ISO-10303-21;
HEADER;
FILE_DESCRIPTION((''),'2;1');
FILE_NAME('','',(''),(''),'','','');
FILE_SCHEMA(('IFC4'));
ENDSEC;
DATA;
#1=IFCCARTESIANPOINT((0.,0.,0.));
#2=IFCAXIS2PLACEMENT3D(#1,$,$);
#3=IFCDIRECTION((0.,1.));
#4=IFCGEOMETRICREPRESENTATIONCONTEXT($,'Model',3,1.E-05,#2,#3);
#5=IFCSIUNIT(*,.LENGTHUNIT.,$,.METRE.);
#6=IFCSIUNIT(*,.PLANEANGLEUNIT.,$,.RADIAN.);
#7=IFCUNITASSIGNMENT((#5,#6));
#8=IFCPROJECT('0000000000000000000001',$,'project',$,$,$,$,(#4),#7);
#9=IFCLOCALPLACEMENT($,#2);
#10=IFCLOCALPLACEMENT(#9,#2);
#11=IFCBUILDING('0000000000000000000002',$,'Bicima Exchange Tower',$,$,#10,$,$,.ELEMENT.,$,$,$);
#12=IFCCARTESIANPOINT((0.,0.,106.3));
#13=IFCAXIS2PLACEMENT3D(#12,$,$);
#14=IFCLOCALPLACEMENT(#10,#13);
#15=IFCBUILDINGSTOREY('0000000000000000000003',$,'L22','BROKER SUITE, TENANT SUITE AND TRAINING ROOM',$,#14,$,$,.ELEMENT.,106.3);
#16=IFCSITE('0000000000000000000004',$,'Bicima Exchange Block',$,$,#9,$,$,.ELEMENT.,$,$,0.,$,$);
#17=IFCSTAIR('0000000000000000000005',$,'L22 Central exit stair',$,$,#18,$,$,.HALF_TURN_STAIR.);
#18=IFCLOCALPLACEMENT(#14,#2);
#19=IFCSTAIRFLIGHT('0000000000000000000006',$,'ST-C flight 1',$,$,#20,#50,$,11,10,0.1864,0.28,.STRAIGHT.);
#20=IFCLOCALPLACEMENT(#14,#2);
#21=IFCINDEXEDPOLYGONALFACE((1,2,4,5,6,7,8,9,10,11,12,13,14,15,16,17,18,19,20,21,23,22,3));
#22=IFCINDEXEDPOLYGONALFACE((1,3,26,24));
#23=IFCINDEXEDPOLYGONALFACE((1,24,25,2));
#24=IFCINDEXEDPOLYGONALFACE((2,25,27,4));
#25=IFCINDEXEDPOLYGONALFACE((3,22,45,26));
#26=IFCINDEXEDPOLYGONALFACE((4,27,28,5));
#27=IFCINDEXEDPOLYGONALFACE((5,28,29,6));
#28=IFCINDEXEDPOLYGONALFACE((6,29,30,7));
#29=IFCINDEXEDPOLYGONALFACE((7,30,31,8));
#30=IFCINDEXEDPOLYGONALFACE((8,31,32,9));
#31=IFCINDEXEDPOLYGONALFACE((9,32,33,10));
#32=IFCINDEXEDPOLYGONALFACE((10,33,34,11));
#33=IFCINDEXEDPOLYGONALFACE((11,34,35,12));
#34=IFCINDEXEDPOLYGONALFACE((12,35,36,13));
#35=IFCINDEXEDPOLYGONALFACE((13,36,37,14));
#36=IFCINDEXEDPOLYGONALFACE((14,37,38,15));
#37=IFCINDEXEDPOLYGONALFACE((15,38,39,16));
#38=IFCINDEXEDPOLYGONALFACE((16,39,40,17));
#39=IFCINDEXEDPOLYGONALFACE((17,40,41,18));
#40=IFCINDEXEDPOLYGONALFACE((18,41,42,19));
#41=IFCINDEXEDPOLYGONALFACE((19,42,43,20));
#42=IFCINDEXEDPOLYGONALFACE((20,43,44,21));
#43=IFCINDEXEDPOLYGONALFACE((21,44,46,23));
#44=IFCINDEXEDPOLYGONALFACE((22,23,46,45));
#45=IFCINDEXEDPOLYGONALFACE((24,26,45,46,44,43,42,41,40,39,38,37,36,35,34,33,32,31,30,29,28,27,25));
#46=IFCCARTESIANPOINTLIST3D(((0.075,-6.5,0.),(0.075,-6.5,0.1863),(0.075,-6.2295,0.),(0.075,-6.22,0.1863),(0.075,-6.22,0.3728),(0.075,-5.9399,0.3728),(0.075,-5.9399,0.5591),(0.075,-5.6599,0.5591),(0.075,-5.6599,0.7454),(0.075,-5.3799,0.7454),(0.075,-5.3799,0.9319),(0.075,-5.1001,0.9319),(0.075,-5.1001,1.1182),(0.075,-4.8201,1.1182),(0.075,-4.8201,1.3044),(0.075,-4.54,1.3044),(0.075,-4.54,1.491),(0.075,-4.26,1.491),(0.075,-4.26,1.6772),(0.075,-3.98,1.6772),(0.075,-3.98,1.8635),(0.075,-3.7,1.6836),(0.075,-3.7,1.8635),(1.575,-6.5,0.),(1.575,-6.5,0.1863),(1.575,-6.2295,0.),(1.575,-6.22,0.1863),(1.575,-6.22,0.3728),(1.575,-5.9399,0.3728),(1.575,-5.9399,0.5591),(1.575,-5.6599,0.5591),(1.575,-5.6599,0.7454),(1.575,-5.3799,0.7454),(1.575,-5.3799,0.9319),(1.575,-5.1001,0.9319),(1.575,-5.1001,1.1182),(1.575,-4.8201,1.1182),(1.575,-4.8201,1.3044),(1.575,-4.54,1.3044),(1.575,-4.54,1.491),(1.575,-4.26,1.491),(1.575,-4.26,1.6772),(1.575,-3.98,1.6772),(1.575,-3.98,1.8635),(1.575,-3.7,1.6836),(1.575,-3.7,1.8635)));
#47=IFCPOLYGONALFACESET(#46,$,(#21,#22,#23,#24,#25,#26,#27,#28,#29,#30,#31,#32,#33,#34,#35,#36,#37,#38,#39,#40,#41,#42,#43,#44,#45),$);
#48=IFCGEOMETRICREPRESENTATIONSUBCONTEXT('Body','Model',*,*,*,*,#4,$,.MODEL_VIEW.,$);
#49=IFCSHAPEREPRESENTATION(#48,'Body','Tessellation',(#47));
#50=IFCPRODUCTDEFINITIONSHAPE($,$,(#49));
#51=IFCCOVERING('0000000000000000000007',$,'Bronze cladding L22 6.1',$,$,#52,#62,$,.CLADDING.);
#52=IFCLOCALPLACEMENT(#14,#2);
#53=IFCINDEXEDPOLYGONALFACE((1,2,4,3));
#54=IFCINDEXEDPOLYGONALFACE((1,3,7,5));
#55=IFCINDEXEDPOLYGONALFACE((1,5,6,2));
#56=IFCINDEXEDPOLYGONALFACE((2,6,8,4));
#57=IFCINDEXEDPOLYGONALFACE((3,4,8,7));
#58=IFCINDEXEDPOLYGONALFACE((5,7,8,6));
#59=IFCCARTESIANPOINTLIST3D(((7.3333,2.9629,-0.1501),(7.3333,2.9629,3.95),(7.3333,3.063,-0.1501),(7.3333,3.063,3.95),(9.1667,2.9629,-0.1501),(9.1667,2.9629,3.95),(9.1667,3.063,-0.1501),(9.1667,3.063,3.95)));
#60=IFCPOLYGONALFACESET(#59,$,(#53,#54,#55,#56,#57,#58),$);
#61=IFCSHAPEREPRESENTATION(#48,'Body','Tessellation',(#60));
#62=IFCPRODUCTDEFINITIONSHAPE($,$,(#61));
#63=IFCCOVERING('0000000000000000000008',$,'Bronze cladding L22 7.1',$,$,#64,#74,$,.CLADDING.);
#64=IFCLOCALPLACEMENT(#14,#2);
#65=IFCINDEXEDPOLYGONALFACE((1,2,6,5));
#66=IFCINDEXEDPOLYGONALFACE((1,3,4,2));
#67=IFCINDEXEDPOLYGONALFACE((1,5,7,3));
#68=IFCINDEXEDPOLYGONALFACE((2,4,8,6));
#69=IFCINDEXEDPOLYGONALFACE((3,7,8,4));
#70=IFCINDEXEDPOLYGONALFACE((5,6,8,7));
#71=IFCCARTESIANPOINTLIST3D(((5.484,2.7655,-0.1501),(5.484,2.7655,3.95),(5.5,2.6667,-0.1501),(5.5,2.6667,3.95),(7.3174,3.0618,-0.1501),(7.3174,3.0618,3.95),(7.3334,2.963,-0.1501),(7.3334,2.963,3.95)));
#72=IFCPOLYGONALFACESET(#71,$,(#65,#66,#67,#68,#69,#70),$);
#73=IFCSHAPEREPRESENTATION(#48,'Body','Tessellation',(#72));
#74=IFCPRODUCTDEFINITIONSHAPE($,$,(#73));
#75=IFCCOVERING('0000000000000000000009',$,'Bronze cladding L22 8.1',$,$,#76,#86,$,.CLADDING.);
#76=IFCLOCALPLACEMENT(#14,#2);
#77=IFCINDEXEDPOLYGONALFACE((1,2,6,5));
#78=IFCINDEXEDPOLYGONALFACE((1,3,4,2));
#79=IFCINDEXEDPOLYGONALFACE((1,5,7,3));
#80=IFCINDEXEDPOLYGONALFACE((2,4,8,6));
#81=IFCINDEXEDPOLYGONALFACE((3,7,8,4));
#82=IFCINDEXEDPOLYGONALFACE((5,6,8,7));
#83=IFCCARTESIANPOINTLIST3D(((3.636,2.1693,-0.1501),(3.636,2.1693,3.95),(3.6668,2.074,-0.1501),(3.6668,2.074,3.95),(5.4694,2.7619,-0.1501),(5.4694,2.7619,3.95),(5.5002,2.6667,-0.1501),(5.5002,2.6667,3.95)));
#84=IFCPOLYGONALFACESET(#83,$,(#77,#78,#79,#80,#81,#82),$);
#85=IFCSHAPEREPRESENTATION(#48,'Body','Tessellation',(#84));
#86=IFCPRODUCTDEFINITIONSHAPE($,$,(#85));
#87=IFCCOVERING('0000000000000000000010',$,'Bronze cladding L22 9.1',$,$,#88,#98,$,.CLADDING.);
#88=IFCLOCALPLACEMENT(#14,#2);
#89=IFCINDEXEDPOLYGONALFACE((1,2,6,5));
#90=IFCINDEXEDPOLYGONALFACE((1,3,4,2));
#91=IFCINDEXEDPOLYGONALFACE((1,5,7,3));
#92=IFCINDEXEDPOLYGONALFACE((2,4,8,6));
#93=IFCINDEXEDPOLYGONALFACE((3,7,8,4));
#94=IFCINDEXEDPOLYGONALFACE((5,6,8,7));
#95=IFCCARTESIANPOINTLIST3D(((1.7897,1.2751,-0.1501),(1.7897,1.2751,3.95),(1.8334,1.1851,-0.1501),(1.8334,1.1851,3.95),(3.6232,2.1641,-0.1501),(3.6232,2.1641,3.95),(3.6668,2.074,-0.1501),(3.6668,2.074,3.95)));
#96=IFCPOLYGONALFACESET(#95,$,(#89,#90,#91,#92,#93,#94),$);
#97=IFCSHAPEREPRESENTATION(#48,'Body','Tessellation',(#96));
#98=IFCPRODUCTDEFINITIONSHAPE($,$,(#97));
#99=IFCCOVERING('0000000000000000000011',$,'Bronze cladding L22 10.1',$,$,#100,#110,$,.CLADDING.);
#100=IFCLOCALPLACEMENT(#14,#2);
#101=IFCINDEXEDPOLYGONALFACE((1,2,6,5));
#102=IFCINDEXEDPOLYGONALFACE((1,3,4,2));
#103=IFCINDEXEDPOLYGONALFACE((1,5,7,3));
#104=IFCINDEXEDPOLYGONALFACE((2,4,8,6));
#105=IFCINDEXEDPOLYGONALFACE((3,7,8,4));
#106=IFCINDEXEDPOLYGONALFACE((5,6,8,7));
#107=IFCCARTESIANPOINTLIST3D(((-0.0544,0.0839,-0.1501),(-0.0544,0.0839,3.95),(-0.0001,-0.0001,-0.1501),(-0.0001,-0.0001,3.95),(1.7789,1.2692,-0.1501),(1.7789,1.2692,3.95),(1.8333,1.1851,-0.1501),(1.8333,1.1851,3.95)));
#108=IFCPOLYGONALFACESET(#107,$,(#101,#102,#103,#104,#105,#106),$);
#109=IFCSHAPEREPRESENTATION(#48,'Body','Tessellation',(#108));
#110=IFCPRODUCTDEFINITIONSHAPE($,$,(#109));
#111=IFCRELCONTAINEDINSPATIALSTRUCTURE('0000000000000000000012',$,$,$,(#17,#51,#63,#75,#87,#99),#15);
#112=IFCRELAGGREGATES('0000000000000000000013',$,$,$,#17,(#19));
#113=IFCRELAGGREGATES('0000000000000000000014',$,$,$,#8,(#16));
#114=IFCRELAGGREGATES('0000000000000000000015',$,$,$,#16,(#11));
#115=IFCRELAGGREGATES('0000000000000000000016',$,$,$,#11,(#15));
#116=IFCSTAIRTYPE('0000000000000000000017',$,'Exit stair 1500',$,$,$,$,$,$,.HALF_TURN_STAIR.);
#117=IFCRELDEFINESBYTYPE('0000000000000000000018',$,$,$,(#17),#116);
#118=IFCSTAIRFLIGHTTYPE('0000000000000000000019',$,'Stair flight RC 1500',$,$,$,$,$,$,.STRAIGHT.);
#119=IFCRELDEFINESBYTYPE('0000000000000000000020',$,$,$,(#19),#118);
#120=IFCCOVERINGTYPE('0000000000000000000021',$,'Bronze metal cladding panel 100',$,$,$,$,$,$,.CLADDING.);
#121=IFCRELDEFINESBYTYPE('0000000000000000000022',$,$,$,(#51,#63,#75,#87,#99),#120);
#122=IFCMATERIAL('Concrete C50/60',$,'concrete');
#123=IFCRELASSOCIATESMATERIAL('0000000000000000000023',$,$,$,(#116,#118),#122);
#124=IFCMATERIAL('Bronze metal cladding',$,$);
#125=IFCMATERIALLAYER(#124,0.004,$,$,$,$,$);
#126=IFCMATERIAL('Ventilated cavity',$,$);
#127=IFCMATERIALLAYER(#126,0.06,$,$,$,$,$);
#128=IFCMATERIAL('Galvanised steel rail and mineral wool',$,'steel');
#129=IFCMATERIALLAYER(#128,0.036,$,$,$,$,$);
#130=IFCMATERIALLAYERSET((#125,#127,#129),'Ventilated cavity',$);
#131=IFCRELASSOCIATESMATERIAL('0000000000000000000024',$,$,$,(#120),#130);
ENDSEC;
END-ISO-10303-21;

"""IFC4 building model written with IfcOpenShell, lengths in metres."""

from ifc_helpers import new_model, si_unit, direction, frame, origin, origin_2d, place, context, subcontext, project, spatial, polyline, rectangle, outline, extrude, material, layer, layer_set, type_object, element, aggregate, save


model = new_model("IFC4")

# Units and contexts
model_context = context("Model", 3, precision=1e-05, world=origin(), true_north=direction((0.0, 1.0)))
body_context = subcontext(model_context, "Body", "Model", "MODEL_VIEW")
ifc_project = project(units=[si_unit("LENGTHUNIT", "METRE"), si_unit("PLANEANGLEUNIT", "RADIAN")], contexts=[model_context])

# Site, building, storey
site_placement = place(None, origin())
site = spatial("IfcSite", under=ifc_project, at=site_placement, Name="Bicima Exchange Block", CompositionType="ELEMENT", RefElevation=0.0)
building_placement = place(site_placement, origin())
building = spatial("IfcBuilding", under=site, at=building_placement, Name="Bicima Exchange Tower", CompositionType="ELEMENT")
storey_placement = place(building_placement, frame((0.0, 0.0, 106.3)))
storey = spatial("IfcBuildingStorey", under=building, at=storey_placement, Name="L22", Description="BROKER SUITE, TENANT SUITE AND TRAINING ROOM", CompositionType="ELEMENT", Elevation=106.3)

# Stair
ifc_material_1 = material(Name="Concrete C50/60", Category="concrete")
stair_type_1 = type_object("IfcStairType", Name="Exit stair 1500", PredefinedType="HALF_TURN_STAIR", material=ifc_material_1)
stair_1_placement = place(storey_placement, origin())
stair_1 = element("IfcStair", 1, at=stair_1_placement, inside=storey, type_object=stair_type_1, Name="L22 Central exit stair", PredefinedType="HALF_TURN_STAIR")

# Stair flight
stair_flight_type = type_object("IfcStairFlightType", Name="Stair flight RC 1500", PredefinedType="STRAIGHT", material=ifc_material_1)
stair_flight_placement = place(storey_placement, frame((0.825, -6.5, 0.0), z_axis=(0.0, 0.0, 1.0), x_axis=(0.0, 1.0, 0.0)))
stair_flight = element("IfcStairFlight", 2, at=stair_flight_placement, type_object=stair_flight_type, Name="ST-C flight 1", NumberOfRisers=11, NumberOfTreads=10, PredefinedType="STRAIGHT", RiserHeight=0.1864, TreadLength=0.28, context=body_context, shape_type="SweptSolid", body=[
    extrude(outline(polyline([(0.0, 0.0), (0.0, 0.1863), (0.28, 0.1863), (0.28, 0.3728), (0.5601, 0.3728), (0.5601, 0.5591), (0.8401, 0.5591), (0.8401, 0.7454), (1.1201, 0.7454), (1.1201, 0.9319), (1.3999, 0.9319), (1.3999, 1.1182), (1.6799, 1.1182), (1.6799, 1.3044), (1.96, 1.3044), (1.96, 1.491), (2.24, 1.491), (2.24, 1.6772), (2.52, 1.6772), (2.52, 1.8635), (2.8, 1.8635), (2.8, 2.05), (2.8, 1.6836), (0.2705, 0.0), (0.0, 0.0)])), frame((0.0, 0.75, 0.0), z_axis=(0.0, -1.0, 0.0), x_axis=(1.0, 0.0, 0.0)), (0.0, 0.0, 1.0), 1.5),
])
aggregate(stair_1, [stair_flight])

# Coverings
ifc_material_2 = material(Name="Bronze metal cladding")
ifc_layer_1 = layer(ifc_material_2, 0.004)
ifc_material_3 = material(Name="Ventilated cavity")
ifc_layer_2 = layer(ifc_material_3, 0.06)
ifc_material_4 = material(Name="Galvanised steel rail and mineral wool", Category="steel")
ifc_layer_3 = layer(ifc_material_4, 0.036)
ifc_layer_set_1 = layer_set([ifc_layer_1, ifc_layer_2, ifc_layer_3], Name="Ventilated cavity")
covering_type = type_object("IfcCoveringType", Name="Bronze metal cladding panel 100", PredefinedType="CLADDING", material=ifc_layer_set_1)
covering_1_placement = place(storey_placement, frame((8.25, 3.0129, -0.1501), z_axis=(0.0, 0.0, 1.0), x_axis=(-1.0, 0.0, 0.0)))
element("IfcCovering", 3, at=covering_1_placement, inside=storey, type_object=covering_type, Name="Bronze cladding L22 6.1", PredefinedType="CLADDING", context=body_context, shape_type="SweptSolid", body=[
    extrude(rectangle(XDim=1.8335, YDim=0.1001, at=origin_2d()), origin(), (0.0, 0.0, 1.0), 4.1001),
])
covering_2_placement = place(storey_placement, frame((6.4087, 2.8643, -0.1501), z_axis=(0.0, 0.0, 1.0), x_axis=(-0.98719, -0.15955, 0.0)))
element("IfcCovering", 4, at=covering_2_placement, inside=storey, type_object=covering_type, Name="Bronze cladding L22 7.1", PredefinedType="CLADDING", context=body_context, shape_type="SweptSolid", body=[
    extrude(rectangle(XDim=1.8572, YDim=0.1001, at=origin_2d()), origin(), (0.0, 0.0, 1.0), 4.1001),
])
covering_3_placement = place(storey_placement, frame((4.5681, 2.418, -0.1501), z_axis=(0.0, 0.0, 1.0), x_axis=(-0.951525, -0.307573, 0.0)))
element("IfcCovering", 5, at=covering_3_placement, inside=storey, type_object=covering_type, Name="Bronze cladding L22 8.1", PredefinedType="CLADDING", context=body_context, shape_type="SweptSolid", body=[
    extrude(rectangle(XDim=1.9268, YDim=0.1001, at=origin_2d()), origin(), (0.0, 0.0, 1.0), 4.1001),
])
covering_4_placement = place(storey_placement, frame((2.7283, 1.6746, -0.1501), z_axis=(0.0, 0.0, 1.0), x_axis=(-0.899818, -0.436265, 0.0)))
element("IfcCovering", 6, at=covering_4_placement, inside=storey, type_object=covering_type, Name="Bronze cladding L22 9.1", PredefinedType="CLADDING", context=body_context, shape_type="SweptSolid", body=[
    extrude(rectangle(XDim=2.0376, YDim=0.1001, at=origin_2d()), origin(), (0.0, 0.0, 1.0), 4.1001),
])
covering_5_placement = place(storey_placement, frame((0.8894, 0.6345, -0.1501), z_axis=(0.0, 0.0, 1.0), x_axis=(-0.83979, -0.542911, 0.0)))
element("IfcCovering", 7, at=covering_5_placement, inside=storey, type_object=covering_type, Name="Bronze cladding L22 10.1", PredefinedType="CLADDING", context=body_context, shape_type="SweptSolid", body=[
    extrude(rectangle(XDim=2.1831, YDim=0.1001, at=origin_2d()), origin(), (0.0, 0.0, 1.0), 4.1001),
])

save(model, "model.ifc")
